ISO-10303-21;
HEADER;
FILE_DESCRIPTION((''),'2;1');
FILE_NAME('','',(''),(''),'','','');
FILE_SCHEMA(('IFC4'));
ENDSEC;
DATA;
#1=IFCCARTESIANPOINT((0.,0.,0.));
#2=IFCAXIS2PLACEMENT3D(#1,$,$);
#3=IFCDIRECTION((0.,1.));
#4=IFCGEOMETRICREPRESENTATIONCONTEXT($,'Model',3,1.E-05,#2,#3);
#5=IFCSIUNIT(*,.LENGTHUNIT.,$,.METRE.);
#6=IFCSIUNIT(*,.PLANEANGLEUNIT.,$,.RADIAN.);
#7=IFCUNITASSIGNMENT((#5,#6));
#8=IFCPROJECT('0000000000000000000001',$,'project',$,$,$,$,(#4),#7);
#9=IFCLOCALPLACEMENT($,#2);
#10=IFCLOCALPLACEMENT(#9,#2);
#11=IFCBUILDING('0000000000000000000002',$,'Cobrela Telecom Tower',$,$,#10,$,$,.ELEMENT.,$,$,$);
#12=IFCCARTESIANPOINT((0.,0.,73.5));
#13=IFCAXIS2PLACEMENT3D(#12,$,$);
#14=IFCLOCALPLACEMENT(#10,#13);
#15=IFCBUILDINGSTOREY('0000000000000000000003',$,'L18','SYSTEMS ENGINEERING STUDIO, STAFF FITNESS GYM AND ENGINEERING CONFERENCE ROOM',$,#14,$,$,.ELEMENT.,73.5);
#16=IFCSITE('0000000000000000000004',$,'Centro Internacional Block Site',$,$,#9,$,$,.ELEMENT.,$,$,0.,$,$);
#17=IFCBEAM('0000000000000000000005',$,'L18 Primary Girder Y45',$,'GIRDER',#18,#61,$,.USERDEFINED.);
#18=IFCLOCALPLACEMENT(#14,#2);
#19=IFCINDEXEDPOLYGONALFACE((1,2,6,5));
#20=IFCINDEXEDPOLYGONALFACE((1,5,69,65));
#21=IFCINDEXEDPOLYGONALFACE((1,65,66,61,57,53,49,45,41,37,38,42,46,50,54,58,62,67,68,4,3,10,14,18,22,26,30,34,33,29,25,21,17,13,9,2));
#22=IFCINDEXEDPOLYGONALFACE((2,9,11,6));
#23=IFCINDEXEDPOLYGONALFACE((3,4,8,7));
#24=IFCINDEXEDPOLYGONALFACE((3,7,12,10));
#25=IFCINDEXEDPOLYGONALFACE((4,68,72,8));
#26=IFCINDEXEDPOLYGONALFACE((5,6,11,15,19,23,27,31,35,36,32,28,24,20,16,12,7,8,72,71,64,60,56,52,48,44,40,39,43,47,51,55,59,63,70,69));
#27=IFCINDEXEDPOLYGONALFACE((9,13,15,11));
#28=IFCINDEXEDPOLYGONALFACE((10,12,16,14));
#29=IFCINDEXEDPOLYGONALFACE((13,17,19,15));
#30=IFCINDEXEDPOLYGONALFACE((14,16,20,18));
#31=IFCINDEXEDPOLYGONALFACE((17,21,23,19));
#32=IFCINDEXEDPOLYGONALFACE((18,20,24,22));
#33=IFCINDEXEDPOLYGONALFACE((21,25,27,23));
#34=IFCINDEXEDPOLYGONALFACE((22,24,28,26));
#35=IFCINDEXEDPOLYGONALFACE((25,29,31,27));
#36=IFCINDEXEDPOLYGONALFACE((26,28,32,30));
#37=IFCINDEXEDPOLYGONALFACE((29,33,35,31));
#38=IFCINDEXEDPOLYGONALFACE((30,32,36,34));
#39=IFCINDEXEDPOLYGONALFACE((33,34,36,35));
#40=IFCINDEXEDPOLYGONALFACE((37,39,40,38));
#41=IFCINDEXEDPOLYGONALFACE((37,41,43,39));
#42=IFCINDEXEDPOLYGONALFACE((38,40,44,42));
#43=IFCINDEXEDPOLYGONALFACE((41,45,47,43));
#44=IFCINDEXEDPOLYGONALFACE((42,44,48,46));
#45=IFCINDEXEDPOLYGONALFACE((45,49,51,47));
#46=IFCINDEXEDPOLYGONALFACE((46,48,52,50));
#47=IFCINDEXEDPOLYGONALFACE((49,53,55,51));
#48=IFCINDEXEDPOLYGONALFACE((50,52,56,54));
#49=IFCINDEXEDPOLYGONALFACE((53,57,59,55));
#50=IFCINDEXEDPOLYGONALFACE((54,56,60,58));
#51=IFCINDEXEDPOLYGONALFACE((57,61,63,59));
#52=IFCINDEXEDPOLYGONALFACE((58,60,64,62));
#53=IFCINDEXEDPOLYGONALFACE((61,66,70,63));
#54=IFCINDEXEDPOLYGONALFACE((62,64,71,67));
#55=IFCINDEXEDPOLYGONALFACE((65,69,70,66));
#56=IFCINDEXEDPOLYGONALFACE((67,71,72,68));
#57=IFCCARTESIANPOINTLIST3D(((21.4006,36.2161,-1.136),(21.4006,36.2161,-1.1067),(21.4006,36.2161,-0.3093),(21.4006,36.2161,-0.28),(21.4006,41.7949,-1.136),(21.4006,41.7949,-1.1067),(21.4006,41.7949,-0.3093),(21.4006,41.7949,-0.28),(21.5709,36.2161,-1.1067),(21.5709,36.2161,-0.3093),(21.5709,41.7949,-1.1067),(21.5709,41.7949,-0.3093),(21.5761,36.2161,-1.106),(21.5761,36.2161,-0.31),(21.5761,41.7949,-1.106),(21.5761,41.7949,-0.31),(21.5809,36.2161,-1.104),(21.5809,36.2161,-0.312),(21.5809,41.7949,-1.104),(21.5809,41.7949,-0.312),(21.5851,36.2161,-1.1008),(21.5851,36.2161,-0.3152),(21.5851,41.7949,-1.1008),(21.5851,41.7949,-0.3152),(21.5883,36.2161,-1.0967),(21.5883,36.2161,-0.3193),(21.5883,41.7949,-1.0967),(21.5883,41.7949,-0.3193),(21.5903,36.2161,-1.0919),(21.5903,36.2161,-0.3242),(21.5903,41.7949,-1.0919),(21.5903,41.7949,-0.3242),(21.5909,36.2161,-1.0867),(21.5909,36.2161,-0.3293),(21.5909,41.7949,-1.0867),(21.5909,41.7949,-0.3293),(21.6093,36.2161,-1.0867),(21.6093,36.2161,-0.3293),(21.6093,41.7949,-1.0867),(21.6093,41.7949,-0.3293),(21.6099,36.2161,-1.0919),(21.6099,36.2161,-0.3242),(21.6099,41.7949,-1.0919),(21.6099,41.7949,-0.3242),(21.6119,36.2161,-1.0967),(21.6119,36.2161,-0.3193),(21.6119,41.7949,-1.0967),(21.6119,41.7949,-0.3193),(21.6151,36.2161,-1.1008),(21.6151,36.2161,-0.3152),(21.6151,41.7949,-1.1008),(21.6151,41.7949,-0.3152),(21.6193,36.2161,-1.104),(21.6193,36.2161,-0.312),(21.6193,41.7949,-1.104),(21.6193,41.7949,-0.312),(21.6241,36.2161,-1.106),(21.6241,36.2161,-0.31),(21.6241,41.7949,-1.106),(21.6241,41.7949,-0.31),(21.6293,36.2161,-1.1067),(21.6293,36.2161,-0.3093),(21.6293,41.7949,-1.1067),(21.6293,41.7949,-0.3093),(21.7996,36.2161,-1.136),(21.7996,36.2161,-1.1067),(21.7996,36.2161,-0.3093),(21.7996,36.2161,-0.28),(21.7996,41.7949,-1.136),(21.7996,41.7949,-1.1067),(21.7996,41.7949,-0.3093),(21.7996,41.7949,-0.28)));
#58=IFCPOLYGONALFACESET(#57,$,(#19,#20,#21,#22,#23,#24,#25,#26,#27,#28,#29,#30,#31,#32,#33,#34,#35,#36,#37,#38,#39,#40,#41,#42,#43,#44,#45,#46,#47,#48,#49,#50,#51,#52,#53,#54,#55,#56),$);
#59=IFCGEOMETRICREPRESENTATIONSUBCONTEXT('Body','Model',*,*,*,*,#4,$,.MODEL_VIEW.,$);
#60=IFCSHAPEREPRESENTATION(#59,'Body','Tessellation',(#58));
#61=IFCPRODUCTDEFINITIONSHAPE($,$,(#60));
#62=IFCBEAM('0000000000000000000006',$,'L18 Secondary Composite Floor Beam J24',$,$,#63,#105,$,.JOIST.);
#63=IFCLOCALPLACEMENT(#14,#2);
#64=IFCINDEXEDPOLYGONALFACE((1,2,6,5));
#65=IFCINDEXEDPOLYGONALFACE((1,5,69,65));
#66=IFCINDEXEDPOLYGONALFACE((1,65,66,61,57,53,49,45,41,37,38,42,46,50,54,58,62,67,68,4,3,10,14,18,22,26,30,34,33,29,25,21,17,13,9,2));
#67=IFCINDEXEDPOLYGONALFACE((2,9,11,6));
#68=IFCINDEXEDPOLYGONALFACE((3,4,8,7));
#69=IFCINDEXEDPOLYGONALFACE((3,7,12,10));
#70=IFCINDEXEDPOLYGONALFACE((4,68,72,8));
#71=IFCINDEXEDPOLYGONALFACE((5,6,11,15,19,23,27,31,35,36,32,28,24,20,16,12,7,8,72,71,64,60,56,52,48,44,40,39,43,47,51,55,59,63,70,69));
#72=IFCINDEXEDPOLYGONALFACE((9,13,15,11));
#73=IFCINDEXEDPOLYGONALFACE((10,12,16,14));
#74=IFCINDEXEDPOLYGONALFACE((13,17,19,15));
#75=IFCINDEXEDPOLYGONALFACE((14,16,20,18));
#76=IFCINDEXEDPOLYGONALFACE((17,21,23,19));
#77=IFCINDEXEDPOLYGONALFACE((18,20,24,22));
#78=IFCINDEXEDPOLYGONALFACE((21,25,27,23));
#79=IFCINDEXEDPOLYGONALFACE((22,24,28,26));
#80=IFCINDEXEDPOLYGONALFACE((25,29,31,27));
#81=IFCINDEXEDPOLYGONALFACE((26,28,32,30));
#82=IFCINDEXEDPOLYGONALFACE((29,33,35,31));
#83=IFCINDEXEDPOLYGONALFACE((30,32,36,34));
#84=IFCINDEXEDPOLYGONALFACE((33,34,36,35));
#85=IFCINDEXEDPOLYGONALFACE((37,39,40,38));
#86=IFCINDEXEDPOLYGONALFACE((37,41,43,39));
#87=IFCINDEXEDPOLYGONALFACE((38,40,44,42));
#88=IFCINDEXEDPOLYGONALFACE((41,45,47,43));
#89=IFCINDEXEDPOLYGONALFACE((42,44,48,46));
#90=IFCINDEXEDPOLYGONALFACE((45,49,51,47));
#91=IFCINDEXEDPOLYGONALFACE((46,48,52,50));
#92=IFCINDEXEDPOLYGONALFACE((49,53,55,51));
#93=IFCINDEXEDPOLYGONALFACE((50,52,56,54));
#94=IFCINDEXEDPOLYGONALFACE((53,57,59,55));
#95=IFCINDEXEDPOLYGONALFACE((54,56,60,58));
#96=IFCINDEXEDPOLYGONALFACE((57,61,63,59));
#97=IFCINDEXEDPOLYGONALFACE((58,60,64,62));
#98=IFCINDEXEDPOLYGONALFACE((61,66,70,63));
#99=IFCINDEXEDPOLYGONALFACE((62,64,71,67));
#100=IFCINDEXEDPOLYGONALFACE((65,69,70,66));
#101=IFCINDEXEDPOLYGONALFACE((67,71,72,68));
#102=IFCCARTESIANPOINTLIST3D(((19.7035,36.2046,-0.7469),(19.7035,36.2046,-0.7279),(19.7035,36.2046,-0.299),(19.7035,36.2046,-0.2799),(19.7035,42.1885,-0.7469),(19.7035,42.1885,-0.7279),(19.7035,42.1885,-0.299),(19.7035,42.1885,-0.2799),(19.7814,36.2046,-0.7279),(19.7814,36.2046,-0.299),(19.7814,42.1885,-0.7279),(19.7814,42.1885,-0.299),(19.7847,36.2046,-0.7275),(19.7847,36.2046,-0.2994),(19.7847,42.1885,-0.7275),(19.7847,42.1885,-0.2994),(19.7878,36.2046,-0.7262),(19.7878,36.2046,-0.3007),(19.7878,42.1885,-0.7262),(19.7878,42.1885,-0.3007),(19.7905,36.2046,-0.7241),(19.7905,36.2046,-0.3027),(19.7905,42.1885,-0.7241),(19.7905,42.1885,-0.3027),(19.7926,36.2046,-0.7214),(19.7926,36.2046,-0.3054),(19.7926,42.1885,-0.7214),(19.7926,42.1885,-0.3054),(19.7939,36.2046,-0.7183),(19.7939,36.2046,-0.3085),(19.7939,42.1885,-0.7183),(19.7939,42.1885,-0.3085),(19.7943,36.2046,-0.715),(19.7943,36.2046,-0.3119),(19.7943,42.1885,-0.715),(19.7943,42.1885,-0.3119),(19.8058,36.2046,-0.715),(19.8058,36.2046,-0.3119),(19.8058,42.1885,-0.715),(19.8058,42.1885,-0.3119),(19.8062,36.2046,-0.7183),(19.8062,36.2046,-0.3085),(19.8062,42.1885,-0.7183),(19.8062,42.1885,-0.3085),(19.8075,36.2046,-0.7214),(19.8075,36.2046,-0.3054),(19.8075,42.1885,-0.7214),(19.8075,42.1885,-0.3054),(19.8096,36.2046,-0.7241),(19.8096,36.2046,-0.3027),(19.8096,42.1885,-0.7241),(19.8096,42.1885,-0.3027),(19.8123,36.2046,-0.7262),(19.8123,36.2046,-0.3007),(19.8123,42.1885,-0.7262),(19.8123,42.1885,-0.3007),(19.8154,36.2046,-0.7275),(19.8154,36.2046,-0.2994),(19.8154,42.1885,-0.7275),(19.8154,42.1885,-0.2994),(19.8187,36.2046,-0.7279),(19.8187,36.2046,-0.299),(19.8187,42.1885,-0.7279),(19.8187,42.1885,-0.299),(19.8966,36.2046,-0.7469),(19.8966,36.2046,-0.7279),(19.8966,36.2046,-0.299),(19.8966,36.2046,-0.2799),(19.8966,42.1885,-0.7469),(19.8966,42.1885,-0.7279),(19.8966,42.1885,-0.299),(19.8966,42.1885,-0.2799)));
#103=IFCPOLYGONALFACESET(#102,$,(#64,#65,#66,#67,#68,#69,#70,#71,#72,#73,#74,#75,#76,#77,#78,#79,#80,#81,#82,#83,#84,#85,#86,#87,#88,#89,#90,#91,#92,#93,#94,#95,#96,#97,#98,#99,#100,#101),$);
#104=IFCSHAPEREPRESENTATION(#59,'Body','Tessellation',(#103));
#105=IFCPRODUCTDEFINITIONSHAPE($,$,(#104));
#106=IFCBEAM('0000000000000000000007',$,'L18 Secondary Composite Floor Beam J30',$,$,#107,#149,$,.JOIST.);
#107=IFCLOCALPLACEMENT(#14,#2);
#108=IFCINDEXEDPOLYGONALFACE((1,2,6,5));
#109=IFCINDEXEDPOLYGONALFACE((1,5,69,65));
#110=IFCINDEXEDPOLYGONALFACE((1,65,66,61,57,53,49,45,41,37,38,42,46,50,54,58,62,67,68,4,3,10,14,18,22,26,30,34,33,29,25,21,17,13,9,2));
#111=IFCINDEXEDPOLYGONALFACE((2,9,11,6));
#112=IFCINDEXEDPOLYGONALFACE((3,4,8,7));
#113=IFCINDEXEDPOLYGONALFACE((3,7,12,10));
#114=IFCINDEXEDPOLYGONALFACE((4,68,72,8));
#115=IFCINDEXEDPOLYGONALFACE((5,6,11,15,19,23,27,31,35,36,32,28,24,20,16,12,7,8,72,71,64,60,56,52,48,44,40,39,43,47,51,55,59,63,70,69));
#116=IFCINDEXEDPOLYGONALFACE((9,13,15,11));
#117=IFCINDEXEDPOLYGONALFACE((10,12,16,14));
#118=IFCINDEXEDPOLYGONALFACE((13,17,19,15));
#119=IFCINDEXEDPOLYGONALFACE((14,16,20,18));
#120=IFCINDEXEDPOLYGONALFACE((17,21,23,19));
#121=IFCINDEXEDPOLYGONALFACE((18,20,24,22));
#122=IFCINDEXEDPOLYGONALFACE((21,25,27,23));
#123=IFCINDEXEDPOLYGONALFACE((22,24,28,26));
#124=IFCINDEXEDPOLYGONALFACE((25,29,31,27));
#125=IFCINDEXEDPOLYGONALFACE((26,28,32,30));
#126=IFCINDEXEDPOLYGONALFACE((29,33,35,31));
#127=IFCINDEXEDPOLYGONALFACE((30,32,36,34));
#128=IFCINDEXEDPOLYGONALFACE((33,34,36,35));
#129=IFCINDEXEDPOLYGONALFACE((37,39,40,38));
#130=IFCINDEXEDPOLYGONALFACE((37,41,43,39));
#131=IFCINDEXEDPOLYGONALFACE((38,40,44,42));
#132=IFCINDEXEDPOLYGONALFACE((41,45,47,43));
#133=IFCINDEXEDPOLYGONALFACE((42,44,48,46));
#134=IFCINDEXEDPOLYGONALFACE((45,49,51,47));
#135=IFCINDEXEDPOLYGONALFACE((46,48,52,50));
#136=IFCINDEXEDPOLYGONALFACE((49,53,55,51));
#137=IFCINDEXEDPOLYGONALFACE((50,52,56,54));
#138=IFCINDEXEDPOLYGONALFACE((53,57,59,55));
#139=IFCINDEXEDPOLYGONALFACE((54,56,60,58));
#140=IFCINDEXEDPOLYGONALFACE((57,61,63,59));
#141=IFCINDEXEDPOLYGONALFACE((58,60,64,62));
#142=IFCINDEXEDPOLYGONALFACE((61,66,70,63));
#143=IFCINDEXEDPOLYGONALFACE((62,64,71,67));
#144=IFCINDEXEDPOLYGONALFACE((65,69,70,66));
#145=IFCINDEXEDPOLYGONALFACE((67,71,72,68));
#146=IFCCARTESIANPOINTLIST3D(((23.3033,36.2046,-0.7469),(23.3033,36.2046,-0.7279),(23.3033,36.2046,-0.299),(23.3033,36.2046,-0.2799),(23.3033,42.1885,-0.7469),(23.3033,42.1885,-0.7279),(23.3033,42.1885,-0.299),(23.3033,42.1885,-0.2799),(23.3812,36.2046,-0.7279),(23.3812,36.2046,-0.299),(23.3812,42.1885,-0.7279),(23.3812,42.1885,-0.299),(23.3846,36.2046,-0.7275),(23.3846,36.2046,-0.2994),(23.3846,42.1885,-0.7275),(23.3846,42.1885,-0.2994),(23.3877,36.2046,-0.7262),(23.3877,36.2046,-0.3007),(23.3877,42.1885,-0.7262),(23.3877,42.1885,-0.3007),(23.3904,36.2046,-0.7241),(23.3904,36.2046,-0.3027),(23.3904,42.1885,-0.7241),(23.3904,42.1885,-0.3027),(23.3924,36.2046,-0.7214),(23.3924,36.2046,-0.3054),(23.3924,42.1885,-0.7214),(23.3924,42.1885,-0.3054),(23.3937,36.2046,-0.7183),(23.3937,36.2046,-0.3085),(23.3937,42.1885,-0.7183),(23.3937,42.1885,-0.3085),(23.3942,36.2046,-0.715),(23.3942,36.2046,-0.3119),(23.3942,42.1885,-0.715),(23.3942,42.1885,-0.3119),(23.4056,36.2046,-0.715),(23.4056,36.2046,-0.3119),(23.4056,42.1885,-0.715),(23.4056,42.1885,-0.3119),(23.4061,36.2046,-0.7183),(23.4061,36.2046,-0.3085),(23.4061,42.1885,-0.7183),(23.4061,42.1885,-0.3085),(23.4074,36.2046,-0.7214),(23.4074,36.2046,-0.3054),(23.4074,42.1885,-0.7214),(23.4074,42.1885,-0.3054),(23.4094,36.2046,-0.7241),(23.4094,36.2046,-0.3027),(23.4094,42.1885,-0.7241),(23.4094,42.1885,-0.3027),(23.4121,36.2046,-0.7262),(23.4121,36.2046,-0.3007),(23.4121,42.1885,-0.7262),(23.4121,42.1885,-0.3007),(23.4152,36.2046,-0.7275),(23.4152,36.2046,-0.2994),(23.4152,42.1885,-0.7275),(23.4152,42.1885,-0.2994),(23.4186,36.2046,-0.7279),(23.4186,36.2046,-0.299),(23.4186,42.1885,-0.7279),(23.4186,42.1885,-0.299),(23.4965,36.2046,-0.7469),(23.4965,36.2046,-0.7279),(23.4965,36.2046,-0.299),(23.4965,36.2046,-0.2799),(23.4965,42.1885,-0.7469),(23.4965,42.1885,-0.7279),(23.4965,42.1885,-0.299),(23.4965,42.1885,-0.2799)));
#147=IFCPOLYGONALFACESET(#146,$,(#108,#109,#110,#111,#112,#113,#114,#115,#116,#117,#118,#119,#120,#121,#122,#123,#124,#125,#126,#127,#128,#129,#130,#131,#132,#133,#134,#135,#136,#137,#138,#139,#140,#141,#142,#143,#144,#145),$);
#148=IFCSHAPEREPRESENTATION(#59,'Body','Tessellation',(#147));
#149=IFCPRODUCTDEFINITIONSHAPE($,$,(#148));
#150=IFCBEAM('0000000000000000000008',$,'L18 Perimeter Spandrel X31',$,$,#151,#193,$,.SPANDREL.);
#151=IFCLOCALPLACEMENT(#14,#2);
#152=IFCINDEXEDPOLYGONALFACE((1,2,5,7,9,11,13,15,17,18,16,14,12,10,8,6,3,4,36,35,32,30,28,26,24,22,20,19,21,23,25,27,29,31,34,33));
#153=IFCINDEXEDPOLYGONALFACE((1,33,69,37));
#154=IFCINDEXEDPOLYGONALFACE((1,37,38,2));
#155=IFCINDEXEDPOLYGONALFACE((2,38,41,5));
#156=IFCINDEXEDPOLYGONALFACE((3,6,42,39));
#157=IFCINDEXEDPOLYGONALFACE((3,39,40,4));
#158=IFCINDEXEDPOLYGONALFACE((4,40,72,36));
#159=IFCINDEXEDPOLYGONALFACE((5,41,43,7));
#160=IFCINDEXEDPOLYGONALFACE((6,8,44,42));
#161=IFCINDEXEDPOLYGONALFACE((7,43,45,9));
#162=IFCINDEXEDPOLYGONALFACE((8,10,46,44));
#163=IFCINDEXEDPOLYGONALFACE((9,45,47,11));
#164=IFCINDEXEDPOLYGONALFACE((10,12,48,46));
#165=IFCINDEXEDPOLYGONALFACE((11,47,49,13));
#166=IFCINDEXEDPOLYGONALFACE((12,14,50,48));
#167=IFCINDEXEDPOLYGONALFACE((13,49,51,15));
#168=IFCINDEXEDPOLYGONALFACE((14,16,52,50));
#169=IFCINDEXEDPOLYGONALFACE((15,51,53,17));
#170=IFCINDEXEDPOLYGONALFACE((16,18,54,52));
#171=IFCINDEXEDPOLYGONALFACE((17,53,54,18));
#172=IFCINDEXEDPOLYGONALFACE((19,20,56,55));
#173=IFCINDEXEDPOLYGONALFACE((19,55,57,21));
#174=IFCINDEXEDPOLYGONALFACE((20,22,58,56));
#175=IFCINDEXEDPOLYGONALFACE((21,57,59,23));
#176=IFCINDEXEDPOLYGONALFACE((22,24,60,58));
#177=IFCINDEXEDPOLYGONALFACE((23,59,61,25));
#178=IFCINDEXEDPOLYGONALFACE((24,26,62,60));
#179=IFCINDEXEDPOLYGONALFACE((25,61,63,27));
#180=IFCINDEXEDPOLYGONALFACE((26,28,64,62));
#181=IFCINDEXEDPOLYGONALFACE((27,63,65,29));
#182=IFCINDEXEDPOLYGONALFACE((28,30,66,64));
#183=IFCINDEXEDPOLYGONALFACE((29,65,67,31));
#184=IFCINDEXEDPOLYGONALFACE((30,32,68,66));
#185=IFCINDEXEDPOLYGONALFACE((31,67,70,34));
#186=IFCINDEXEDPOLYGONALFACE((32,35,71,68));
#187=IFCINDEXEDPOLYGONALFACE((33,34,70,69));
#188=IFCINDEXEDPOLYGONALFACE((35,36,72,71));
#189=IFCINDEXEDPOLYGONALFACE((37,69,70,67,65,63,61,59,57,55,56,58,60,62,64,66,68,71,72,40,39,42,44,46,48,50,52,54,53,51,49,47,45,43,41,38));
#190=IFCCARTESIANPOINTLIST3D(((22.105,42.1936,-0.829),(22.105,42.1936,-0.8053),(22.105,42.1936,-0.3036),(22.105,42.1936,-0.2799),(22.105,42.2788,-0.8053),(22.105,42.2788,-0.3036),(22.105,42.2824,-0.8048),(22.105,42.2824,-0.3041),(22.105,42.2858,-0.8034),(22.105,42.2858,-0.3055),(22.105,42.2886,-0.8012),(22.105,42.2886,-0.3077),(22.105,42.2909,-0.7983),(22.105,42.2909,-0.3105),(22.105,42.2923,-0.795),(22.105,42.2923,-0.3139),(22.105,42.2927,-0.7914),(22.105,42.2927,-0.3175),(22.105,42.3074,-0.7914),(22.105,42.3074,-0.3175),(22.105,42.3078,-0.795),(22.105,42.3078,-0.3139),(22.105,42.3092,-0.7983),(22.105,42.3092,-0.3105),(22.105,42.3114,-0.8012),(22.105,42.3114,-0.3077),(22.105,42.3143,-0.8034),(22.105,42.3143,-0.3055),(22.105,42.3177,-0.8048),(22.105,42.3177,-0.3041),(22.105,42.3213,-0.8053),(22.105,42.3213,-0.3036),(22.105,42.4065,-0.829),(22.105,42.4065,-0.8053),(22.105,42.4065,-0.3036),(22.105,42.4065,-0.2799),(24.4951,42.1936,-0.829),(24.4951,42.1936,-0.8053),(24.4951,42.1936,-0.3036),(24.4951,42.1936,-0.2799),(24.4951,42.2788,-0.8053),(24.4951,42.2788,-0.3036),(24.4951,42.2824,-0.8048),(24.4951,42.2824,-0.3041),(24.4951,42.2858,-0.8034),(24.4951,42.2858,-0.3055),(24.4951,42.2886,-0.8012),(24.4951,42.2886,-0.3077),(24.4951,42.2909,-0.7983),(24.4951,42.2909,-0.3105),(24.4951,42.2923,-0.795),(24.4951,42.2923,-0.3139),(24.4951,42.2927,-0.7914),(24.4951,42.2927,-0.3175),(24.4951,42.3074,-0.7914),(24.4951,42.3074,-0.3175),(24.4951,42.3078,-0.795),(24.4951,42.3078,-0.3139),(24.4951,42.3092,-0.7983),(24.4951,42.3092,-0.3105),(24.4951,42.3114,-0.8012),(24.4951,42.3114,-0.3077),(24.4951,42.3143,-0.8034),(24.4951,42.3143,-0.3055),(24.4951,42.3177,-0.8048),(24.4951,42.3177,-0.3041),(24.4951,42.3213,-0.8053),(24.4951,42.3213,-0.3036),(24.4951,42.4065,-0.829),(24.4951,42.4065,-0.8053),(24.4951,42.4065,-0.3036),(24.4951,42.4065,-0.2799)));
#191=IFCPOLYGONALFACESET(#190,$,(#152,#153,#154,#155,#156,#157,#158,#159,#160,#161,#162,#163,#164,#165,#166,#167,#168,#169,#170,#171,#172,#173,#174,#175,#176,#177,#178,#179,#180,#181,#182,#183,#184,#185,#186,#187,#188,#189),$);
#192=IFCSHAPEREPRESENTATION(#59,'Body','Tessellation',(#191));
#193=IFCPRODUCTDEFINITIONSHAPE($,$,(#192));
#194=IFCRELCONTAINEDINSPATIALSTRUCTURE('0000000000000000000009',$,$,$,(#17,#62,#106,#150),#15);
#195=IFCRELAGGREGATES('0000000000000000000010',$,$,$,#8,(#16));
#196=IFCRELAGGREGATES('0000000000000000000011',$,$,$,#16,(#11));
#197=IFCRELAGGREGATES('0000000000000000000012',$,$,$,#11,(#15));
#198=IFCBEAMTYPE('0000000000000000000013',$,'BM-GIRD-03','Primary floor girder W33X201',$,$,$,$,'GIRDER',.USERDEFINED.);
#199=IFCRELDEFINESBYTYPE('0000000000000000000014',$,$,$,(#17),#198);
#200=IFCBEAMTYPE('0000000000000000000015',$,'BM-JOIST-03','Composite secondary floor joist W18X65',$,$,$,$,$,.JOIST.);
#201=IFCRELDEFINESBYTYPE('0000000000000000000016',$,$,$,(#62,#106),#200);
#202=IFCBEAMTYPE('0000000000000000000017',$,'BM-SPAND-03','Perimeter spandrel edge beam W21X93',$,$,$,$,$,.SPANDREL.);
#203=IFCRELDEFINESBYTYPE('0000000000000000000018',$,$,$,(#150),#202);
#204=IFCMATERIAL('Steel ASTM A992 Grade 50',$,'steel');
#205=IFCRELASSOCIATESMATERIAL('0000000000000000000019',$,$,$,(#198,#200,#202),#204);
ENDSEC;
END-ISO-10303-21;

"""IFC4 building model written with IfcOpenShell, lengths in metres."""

from ifc_helpers import new_model, si_unit, direction, frame, origin, origin_2d, place, context, subcontext, project, spatial, i_section, extrude, material, material_profile, profile_set, type_object, element, save


model = new_model("IFC4")

# Units and contexts
model_context = context("Model", 3, precision=1e-05, world=origin(), true_north=direction((0.0, 1.0)))
body_context = subcontext(model_context, "Body", "Model", "MODEL_VIEW")
ifc_project = project(units=[si_unit("LENGTHUNIT", "METRE"), si_unit("PLANEANGLEUNIT", "RADIAN")], contexts=[model_context])

# Site, building, storey
site_placement = place(None, origin())
site = spatial("IfcSite", under=ifc_project, at=site_placement, Name="Centro Internacional Block Site", CompositionType="ELEMENT", RefElevation=0.0)
building_placement = place(site_placement, origin())
building = spatial("IfcBuilding", under=site, at=building_placement, Name="Cobrela Telecom Tower", CompositionType="ELEMENT")
storey_placement = place(building_placement, frame((0.0, 0.0, 73.5)))
storey = spatial("IfcBuildingStorey", under=building, at=storey_placement, Name="L18", Description="SYSTEMS ENGINEERING STUDIO, STAFF FITNESS GYM AND ENGINEERING CONFERENCE ROOM", CompositionType="ELEMENT", Elevation=73.5)

# Shared definitions
ifc_material_1 = material(Name="Steel ASTM A992 Grade 50", Category="steel")

# Beams
ifc_material_profile_1 = material_profile(ifc_material_1, i_section(OverallWidth=0.3989, OverallDepth=0.856, WebThickness=0.0183, FlangeThickness=0.0293, FilletRadius=0.02, at=origin_2d()), Name="W33X201")
ifc_profile_set_1 = profile_set([ifc_material_profile_1], Name="Steel ASTM A992 Grade 50")
beam_type_1 = type_object("IfcBeamType", Name="BM-GIRD-03", Description="Primary floor girder W33X201", ElementType="GIRDER", PredefinedType="USERDEFINED", material=ifc_profile_set_1)
beam_1_placement = place(storey_placement, frame((21.6001, 36.2161, -0.708), z_axis=(0.0, 1.0, 0.0), x_axis=(-1.0, 0.0, 0.0)))
element("IfcBeam", 1, at=beam_1_placement, inside=storey, type_object=beam_type_1, Name="L18 Primary Girder Y45", ObjectType="GIRDER", PredefinedType="USERDEFINED", context=body_context, shape_type="SweptSolid", body=[
    extrude(i_section(OverallWidth=0.3989, OverallDepth=0.856, WebThickness=0.0183, FlangeThickness=0.0293, FilletRadius=0.02, at=origin_2d()), origin(), (0.0, 0.0, 1.0), 5.5789),
])
ifc_material_profile_2 = material_profile(ifc_material_1, i_section(OverallWidth=0.1931, OverallDepth=0.467, WebThickness=0.0115, FlangeThickness=0.019, FilletRadius=0.0129, at=origin_2d()), Name="W18X65")
ifc_profile_set_2 = profile_set([ifc_material_profile_2], Name="Steel ASTM A992 Grade 50")
beam_type_2 = type_object("IfcBeamType", Name="BM-JOIST-03", Description="Composite secondary floor joist W18X65", PredefinedType="JOIST", material=ifc_profile_set_2)
for number, where, z_axis, x_axis, name in (
    (2, (19.8, 36.2046, -0.5134), (0.0, 1.0, 0.0), (-1.0, 0.0, 0.0), "L18 Secondary Composite Floor Beam J24"),
    (3, (23.3999, 36.2046, -0.5134), (0.0, 1.0, 0.0), (-1.0, 0.0, 0.0), "L18 Secondary Composite Floor Beam J30"),
):
    element("IfcBeam", number, at=place(storey_placement, frame(where, z_axis=z_axis, x_axis=x_axis)), inside=storey, type_object=beam_type_2, Name=name, PredefinedType="JOIST", context=body_context, shape_type="SweptSolid", body=[
        extrude(i_section(OverallWidth=0.1931, OverallDepth=0.467, WebThickness=0.0115, FlangeThickness=0.019, FilletRadius=0.0129, at=origin_2d()), origin(), (0.0, 0.0, 1.0), 5.9839),
    ])
ifc_material_profile_3 = material_profile(ifc_material_1, i_section(OverallWidth=0.2129, OverallDepth=0.5491, WebThickness=0.0146, FlangeThickness=0.0237, FilletRadius=0.0139, at=origin_2d()), Name="W21X93")
ifc_profile_set_3 = profile_set([ifc_material_profile_3], Name="Steel ASTM A992 Grade 50")
beam_type_3 = type_object("IfcBeamType", Name="BM-SPAND-03", Description="Perimeter spandrel edge beam W21X93", PredefinedType="SPANDREL", material=ifc_profile_set_3)
beam_2_placement = place(storey_placement, frame((22.105, 42.3, -0.5544), z_axis=(1.0, 0.0, 0.0), x_axis=(0.0, 1.0, 0.0)))
element("IfcBeam", 4, at=beam_2_placement, inside=storey, type_object=beam_type_3, Name="L18 Perimeter Spandrel X31", PredefinedType="SPANDREL", context=body_context, shape_type="SweptSolid", body=[
    extrude(i_section(OverallWidth=0.2129, OverallDepth=0.5491, WebThickness=0.0146, FlangeThickness=0.0237, FilletRadius=0.0139, at=origin_2d()), origin(), (0.0, 0.0, 1.0), 2.3901),
])

save(model, "model.ifc")
